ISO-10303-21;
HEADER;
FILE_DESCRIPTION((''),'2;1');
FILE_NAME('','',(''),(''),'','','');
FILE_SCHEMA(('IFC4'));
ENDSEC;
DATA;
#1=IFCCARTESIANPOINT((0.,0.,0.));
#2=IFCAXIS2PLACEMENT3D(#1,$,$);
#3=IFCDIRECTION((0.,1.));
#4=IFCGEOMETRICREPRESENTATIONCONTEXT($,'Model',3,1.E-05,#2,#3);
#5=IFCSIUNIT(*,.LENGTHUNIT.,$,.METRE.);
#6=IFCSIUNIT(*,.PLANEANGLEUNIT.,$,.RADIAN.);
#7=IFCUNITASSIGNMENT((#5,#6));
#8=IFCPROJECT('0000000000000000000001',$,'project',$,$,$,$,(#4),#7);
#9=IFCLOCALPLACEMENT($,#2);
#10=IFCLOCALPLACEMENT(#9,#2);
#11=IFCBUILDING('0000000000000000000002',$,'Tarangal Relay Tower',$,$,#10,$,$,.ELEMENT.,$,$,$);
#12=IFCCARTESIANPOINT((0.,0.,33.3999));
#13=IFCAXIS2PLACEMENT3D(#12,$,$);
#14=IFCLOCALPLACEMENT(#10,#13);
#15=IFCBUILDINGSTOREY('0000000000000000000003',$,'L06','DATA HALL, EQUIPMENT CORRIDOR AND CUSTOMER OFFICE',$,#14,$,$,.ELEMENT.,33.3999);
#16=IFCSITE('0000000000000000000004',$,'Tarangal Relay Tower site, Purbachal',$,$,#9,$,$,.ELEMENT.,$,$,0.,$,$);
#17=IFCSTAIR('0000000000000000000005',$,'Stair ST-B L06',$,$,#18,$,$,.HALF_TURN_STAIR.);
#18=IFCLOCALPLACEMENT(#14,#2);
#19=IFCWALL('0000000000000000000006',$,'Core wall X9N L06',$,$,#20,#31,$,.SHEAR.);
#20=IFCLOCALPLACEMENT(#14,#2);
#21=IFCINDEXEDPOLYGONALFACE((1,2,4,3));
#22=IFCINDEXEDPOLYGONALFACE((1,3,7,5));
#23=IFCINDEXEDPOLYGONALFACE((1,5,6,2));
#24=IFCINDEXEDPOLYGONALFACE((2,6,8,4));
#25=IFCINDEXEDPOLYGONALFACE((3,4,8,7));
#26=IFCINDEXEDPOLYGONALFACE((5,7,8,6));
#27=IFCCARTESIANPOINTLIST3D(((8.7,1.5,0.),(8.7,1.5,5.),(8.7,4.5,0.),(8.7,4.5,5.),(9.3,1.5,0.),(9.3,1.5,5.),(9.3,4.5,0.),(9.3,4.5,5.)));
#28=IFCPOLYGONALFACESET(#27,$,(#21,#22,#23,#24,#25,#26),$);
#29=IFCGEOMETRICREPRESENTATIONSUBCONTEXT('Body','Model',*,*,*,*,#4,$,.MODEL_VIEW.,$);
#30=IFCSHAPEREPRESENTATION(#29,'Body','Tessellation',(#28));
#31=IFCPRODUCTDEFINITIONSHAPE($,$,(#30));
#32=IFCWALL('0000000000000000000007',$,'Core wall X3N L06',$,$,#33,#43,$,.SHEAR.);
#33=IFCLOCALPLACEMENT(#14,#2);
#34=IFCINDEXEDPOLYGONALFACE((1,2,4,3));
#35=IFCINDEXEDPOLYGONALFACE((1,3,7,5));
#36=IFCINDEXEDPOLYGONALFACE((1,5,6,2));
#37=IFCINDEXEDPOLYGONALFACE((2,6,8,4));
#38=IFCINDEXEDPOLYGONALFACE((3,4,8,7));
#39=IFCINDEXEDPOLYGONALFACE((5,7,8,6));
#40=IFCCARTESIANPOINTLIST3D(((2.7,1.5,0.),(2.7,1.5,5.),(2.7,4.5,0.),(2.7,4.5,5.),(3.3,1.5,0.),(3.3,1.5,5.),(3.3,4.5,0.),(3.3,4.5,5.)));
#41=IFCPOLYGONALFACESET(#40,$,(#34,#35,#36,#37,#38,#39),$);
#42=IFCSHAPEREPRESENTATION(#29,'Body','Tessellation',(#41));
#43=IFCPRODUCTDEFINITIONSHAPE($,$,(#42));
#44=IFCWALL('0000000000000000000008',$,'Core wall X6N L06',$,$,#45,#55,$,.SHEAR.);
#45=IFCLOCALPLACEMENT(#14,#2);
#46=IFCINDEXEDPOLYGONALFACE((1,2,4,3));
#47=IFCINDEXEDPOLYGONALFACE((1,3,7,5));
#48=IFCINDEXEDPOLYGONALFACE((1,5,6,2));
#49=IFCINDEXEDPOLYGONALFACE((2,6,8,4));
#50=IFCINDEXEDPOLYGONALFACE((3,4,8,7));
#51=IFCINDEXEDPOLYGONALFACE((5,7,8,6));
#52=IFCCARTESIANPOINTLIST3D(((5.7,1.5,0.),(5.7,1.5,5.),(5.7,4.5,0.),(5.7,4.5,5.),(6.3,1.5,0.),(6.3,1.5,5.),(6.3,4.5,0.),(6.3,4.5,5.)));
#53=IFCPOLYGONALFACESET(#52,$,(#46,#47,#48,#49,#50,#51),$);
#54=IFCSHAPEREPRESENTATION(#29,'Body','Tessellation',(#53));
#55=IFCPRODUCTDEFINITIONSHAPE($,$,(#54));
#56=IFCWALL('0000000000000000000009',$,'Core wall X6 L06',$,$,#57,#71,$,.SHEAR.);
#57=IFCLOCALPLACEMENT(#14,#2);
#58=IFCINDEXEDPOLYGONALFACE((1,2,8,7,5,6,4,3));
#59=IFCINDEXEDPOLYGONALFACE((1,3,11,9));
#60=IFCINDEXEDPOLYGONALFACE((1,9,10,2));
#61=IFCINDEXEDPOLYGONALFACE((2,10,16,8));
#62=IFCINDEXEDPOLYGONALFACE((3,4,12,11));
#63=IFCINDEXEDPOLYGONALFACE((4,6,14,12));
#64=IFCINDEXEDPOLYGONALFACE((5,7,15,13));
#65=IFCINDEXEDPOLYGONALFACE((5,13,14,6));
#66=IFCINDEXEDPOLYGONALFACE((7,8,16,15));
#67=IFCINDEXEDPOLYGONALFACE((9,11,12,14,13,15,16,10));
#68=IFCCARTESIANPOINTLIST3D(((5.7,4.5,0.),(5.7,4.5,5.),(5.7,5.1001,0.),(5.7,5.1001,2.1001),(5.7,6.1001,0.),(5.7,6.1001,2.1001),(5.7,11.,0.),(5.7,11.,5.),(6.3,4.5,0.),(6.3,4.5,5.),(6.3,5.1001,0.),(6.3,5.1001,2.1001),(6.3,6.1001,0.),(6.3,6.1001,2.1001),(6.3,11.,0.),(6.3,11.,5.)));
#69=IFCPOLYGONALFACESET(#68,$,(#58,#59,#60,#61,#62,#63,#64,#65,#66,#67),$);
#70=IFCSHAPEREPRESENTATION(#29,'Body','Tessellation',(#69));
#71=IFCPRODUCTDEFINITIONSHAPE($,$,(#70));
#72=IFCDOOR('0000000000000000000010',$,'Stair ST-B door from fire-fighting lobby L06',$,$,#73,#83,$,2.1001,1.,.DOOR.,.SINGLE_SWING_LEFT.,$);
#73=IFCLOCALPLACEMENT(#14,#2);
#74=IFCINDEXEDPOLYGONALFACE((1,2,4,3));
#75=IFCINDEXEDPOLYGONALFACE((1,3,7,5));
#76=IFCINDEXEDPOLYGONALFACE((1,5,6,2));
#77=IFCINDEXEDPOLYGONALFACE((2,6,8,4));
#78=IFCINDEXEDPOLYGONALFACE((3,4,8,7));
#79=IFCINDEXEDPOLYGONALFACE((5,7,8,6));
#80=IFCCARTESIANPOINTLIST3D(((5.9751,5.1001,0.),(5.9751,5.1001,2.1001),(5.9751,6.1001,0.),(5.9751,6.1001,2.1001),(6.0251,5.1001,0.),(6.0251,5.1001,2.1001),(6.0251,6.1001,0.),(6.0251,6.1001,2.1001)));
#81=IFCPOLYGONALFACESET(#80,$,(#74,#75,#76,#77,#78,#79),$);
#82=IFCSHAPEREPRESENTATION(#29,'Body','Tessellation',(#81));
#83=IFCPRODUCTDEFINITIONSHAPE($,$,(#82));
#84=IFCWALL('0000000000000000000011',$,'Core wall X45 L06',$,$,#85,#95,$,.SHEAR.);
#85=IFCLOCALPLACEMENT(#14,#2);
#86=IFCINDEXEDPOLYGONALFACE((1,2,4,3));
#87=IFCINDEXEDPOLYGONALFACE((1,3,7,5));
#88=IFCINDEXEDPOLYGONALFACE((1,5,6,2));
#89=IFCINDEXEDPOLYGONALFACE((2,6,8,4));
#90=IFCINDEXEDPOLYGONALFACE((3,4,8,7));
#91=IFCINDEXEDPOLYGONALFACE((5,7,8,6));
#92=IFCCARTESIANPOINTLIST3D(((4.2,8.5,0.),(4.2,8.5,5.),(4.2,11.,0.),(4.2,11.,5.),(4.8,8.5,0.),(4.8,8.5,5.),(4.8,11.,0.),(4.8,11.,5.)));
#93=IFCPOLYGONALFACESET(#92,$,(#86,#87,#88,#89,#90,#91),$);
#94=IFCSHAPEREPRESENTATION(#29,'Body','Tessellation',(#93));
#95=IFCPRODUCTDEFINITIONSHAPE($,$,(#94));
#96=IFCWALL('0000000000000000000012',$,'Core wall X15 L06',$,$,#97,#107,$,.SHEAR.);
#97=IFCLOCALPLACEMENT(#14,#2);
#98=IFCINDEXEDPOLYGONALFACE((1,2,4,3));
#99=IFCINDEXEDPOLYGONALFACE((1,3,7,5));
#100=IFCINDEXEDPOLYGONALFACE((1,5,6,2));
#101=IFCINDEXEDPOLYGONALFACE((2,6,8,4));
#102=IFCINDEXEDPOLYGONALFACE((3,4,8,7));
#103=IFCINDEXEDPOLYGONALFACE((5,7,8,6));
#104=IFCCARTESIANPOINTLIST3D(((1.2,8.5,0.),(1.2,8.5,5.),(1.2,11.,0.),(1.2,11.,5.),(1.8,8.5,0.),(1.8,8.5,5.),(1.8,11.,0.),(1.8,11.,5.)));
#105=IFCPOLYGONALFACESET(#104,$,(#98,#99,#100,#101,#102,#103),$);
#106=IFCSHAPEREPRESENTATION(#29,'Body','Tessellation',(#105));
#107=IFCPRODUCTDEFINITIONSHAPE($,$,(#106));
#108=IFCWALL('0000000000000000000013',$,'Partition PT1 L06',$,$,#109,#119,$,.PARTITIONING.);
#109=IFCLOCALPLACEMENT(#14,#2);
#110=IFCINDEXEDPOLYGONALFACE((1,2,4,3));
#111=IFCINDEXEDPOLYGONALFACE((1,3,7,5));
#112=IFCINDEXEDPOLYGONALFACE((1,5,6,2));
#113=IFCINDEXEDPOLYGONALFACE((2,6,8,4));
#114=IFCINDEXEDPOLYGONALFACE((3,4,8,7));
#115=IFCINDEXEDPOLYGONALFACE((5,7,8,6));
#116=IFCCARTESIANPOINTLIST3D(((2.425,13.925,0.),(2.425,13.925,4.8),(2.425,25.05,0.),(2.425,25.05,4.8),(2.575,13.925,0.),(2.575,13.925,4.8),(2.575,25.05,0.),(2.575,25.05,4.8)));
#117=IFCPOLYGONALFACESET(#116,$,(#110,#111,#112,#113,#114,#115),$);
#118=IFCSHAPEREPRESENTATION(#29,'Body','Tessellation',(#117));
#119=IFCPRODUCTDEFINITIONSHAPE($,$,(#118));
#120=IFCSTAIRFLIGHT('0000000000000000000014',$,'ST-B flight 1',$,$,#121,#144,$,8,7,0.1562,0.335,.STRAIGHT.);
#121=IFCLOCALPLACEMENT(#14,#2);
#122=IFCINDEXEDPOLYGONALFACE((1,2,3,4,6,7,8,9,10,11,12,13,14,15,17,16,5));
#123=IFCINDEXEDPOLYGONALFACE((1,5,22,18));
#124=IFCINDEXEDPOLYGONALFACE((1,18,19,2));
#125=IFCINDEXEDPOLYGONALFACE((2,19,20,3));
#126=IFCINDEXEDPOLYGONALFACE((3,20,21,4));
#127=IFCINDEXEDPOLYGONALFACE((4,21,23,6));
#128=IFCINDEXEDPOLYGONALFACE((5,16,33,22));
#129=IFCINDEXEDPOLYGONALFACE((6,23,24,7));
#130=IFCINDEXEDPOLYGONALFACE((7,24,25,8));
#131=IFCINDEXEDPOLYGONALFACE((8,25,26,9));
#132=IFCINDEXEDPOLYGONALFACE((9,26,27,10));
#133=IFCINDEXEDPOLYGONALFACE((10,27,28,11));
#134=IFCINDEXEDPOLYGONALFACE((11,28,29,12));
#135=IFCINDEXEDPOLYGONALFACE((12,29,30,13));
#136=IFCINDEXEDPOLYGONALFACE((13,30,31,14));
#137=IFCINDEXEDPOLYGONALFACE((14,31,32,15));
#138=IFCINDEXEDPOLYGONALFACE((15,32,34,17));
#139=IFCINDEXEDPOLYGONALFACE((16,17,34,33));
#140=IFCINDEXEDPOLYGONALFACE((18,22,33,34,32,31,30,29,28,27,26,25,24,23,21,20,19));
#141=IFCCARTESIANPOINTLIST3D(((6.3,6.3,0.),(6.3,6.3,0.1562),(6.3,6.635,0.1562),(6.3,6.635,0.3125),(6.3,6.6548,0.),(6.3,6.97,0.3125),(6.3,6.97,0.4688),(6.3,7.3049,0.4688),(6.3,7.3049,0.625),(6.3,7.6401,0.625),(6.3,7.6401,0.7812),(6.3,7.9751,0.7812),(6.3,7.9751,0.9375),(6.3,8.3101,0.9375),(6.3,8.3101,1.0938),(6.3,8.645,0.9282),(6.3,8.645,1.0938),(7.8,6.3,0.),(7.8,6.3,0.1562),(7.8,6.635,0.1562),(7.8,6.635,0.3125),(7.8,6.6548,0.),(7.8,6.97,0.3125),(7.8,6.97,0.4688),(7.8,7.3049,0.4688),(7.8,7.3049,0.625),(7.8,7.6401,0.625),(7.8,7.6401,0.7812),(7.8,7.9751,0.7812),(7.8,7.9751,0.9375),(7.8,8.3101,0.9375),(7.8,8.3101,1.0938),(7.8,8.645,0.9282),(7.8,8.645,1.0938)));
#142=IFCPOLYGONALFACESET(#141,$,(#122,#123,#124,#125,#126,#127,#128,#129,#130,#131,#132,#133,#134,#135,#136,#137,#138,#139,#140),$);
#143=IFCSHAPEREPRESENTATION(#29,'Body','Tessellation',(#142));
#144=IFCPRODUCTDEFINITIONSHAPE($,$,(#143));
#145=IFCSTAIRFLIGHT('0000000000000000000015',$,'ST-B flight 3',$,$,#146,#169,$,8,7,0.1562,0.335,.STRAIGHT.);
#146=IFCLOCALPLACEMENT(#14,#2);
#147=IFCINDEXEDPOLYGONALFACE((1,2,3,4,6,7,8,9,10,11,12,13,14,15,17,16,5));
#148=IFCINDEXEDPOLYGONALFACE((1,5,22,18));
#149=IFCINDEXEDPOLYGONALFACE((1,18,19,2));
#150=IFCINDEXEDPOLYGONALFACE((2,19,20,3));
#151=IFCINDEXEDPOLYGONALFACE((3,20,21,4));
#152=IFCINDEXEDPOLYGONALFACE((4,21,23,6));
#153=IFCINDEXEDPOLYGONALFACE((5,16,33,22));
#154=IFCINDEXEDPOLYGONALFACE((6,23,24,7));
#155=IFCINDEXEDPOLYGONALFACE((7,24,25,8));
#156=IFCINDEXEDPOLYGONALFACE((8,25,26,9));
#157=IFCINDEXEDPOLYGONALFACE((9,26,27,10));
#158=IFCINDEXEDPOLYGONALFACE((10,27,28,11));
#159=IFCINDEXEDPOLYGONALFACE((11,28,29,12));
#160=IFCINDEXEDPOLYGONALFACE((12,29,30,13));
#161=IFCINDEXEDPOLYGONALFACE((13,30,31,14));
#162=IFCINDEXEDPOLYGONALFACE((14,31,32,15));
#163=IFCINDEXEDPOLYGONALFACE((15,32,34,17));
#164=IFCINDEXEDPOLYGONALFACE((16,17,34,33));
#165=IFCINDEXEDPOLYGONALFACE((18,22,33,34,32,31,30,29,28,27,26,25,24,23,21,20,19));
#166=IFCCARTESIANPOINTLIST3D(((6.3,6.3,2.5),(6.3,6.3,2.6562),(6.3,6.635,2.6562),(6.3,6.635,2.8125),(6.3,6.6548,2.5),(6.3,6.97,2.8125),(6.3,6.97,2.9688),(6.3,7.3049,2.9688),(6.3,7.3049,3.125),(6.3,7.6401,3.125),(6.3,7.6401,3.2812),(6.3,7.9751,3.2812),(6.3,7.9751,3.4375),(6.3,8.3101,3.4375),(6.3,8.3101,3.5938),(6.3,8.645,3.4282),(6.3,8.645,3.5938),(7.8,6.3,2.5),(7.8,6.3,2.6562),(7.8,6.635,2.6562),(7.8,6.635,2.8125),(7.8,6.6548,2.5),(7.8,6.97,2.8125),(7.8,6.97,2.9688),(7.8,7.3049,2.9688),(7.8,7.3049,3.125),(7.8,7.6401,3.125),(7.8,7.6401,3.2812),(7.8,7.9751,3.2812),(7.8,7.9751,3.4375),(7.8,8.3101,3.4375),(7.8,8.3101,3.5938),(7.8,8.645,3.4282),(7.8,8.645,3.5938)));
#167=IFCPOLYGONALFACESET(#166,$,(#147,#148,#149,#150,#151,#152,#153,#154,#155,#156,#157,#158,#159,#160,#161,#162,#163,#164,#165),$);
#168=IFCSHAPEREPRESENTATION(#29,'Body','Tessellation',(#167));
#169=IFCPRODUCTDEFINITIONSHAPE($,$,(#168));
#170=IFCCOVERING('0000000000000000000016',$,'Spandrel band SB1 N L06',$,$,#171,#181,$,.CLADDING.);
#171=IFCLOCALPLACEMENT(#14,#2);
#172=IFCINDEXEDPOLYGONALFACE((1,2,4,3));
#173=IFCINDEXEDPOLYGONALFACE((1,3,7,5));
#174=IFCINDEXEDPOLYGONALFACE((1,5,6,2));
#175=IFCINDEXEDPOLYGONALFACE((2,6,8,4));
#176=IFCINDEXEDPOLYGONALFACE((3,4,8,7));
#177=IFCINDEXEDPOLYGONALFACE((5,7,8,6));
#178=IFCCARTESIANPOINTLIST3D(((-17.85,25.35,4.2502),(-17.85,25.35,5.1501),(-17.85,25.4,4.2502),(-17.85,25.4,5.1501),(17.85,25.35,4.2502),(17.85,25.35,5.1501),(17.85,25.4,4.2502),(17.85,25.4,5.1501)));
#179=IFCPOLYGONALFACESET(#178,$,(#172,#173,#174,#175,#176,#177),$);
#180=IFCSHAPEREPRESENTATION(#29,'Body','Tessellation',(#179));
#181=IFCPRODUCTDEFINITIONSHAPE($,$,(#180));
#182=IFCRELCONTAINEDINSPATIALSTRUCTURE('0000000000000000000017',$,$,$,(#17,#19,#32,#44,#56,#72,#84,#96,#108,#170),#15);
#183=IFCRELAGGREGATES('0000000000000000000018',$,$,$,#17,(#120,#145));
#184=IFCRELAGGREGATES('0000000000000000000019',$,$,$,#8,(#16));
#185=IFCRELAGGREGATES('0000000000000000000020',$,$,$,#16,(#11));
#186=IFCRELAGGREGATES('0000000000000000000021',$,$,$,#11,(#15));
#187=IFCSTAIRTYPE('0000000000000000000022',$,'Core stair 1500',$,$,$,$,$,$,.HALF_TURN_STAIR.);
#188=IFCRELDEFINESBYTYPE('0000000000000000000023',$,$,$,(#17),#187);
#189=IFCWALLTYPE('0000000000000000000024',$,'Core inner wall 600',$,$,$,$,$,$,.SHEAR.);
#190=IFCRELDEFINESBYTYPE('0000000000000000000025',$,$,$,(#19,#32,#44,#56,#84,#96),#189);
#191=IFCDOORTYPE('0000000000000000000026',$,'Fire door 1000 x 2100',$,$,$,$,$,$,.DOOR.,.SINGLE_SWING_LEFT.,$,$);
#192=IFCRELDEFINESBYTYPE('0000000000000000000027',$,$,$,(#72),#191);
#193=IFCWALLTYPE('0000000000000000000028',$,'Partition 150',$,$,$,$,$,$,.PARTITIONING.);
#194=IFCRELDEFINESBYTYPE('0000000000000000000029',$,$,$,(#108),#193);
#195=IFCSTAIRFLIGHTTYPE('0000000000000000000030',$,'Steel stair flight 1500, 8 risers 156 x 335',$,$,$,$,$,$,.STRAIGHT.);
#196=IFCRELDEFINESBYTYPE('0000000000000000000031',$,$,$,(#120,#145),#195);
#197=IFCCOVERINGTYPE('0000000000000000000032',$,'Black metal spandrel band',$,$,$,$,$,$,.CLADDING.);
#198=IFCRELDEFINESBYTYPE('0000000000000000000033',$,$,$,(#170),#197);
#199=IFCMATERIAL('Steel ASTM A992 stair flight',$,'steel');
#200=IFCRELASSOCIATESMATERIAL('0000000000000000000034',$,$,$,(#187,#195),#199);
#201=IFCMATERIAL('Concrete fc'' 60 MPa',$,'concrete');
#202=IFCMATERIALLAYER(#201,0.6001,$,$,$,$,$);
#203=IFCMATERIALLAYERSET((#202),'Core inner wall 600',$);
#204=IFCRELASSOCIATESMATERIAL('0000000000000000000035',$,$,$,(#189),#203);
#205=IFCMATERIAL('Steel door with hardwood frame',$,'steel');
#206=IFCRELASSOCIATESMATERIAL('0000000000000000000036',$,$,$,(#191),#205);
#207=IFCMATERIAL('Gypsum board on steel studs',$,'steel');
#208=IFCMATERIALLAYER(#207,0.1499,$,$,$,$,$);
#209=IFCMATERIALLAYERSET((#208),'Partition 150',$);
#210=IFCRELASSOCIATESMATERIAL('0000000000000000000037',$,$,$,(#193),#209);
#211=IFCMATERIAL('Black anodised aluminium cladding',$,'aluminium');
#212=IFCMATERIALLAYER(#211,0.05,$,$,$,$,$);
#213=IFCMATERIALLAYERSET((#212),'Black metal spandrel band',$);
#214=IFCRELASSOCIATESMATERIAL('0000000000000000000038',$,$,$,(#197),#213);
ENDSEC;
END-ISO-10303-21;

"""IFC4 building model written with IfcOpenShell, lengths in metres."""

from ifc_helpers import new_model, si_unit, direction, frame, frame_2d, origin, origin_2d, place, context, subcontext, project, spatial, polyline, rectangle, outline, extrude, material, layer, layer_set, type_object, element, fill, aggregate, save


model = new_model("IFC4")

# Units and contexts
model_context = context("Model", 3, precision=1e-05, world=origin(), true_north=direction((0.0, 1.0)))
body_context = subcontext(model_context, "Body", "Model", "MODEL_VIEW")
ifc_project = project(units=[si_unit("LENGTHUNIT", "METRE"), si_unit("PLANEANGLEUNIT", "RADIAN")], contexts=[model_context])

# Site, building, storey
site_placement = place(None, origin())
site = spatial("IfcSite", under=ifc_project, at=site_placement, Name="Tarangal Relay Tower site, Purbachal", CompositionType="ELEMENT", RefElevation=0.0)
building_placement = place(site_placement, origin())
building = spatial("IfcBuilding", under=site, at=building_placement, Name="Tarangal Relay Tower", CompositionType="ELEMENT")
storey_placement = place(building_placement, frame((0.0, 0.0, 33.3999)))
storey = spatial("IfcBuildingStorey", under=building, at=storey_placement, Name="L06", Description="DATA HALL, EQUIPMENT CORRIDOR AND CUSTOMER OFFICE", CompositionType="ELEMENT", Elevation=33.3999)

# Stair
ifc_material_1 = material(Name="Steel ASTM A992 stair flight", Category="steel")
stair_type = type_object("IfcStairType", Name="Core stair 1500", PredefinedType="HALF_TURN_STAIR", material=ifc_material_1)
stair_1_placement = place(storey_placement, origin())
stair_1 = element("IfcStair", 1, at=stair_1_placement, inside=storey, type_object=stair_type, Name="Stair ST-B L06", PredefinedType="HALF_TURN_STAIR")

# Walls
ifc_material_2 = material(Name="Concrete fc' 60 MPa", Category="concrete")
ifc_layer_1 = layer(ifc_material_2, 0.6001)
ifc_layer_set_1 = layer_set([ifc_layer_1], Name="Core inner wall 600")
wall_type_1 = type_object("IfcWallType", Name="Core inner wall 600", PredefinedType="SHEAR", material=ifc_layer_set_1)
for number, where, z_axis, x_axis, name in (
    (2, (9.0, 1.5, 0.0), (0.0, 0.0, 1.0), (0.0, 1.0, 0.0), "Core wall X9N L06"),
    (3, (3.0, 1.5, 0.0), (0.0, 0.0, 1.0), (0.0, 1.0, 0.0), "Core wall X3N L06"),
    (4, (6.0, 1.5, 0.0), (0.0, 0.0, 1.0), (0.0, 1.0, 0.0), "Core wall X6N L06"),
):
    element("IfcWall", number, at=place(storey_placement, frame(where, z_axis=z_axis, x_axis=x_axis)), inside=storey, type_object=wall_type_1, Name=name, PredefinedType="SHEAR", context=body_context, shape_type="SweptSolid", body=[
        extrude(rectangle(XDim=3.0, YDim=0.6001, at=frame_2d((1.5, 0.0))), origin(), (0.0, 0.0, 1.0), 5.0),
    ])

# Wall, opening, door
wall_1_placement = place(storey_placement, frame((6.0, 4.5, 0.0), z_axis=(0.0, 0.0, 1.0), x_axis=(0.0, 1.0, 0.0)))
wall_1 = element("IfcWall", 5, at=wall_1_placement, inside=storey, type_object=wall_type_1, Name="Core wall X6 L06", PredefinedType="SHEAR", context=body_context, shape_type="SweptSolid", body=[
    extrude(rectangle(XDim=6.5, YDim=0.6001, at=frame_2d((3.25, 0.0))), origin(), (0.0, 0.0, 1.0), 5.0),
])
opening_placement = place(wall_1_placement, frame((0.6001, 0.0, 0.0)))
opening = element("IfcOpeningElement", 6, at=opening_placement, cuts=wall_1, PredefinedType="OPENING", context=body_context, shape_type="SweptSolid", body=[
    extrude(rectangle(XDim=1.0, YDim=2.1001, at=frame_2d((0.5, 1.05))), frame((0.0, 0.3101, 0.0), z_axis=(0.0, -1.0, 0.0), x_axis=(1.0, 0.0, 0.0)), (0.0, 0.0, 1.0), 0.6201),
])
ifc_material_3 = material(Name="Steel door with hardwood frame", Category="steel")
door_type = type_object("IfcDoorType", Name="Fire door 1000 x 2100", OperationType="SINGLE_SWING_LEFT", PredefinedType="DOOR", material=ifc_material_3)
door_placement = place(opening_placement, origin())
door = element("IfcDoor", 7, at=door_placement, inside=storey, type_object=door_type, Name="Stair ST-B door from fire-fighting lobby L06", OperationType="SINGLE_SWING_LEFT", OverallHeight=2.1001, OverallWidth=1.0, PredefinedType="DOOR", context=body_context, shape_type="SweptSolid", body=[
    extrude(rectangle(XDim=1.0, YDim=2.1001, at=frame_2d((0.5, 1.05))), frame((0.0, 0.0249, 0.0), z_axis=(0.0, -1.0, 0.0), x_axis=(1.0, 0.0, 0.0)), (0.0, 0.0, 1.0), 0.05),
])
fill(opening, door)

# Walls
for number, where, z_axis, x_axis, name in (
    (8, (4.5, 8.5, 0.0), (0.0, 0.0, 1.0), (0.0, 1.0, 0.0), "Core wall X45 L06"),
    (9, (1.5, 8.5, 0.0), (0.0, 0.0, 1.0), (0.0, 1.0, 0.0), "Core wall X15 L06"),
):
    element("IfcWall", number, at=place(storey_placement, frame(where, z_axis=z_axis, x_axis=x_axis)), inside=storey, type_object=wall_type_1, Name=name, PredefinedType="SHEAR", context=body_context, shape_type="SweptSolid", body=[
        extrude(rectangle(XDim=2.5, YDim=0.6001, at=frame_2d((1.25, 0.0))), origin(), (0.0, 0.0, 1.0), 5.0),
    ])
ifc_material_4 = material(Name="Gypsum board on steel studs", Category="steel")
ifc_layer_2 = layer(ifc_material_4, 0.1499)
ifc_layer_set_2 = layer_set([ifc_layer_2], Name="Partition 150")
wall_type_2 = type_object("IfcWallType", Name="Partition 150", PredefinedType="PARTITIONING", material=ifc_layer_set_2)
wall_2_placement = place(storey_placement, frame((2.5, 13.925, 0.0), z_axis=(0.0, 0.0, 1.0), x_axis=(0.0, 1.0, 0.0)))
element("IfcWall", 10, at=wall_2_placement, inside=storey, type_object=wall_type_2, Name="Partition PT1 L06", PredefinedType="PARTITIONING", context=body_context, shape_type="SweptSolid", body=[
    extrude(rectangle(XDim=11.125, YDim=0.1499, at=frame_2d((5.5625, 0.0))), origin(), (0.0, 0.0, 1.0), 4.8),
])

# Stair flights
stair_flight_type = type_object("IfcStairFlightType", Name="Steel stair flight 1500, 8 risers 156 x 335", PredefinedType="STRAIGHT", material=ifc_material_1)
stair_flight_1_placement = place(storey_placement, frame((7.05, 6.3, 0.0), z_axis=(0.0, 0.0, 1.0), x_axis=(0.0, 1.0, 0.0)))
stair_flight_1 = element("IfcStairFlight", 11, at=stair_flight_1_placement, type_object=stair_flight_type, Name="ST-B flight 1", NumberOfRisers=8, NumberOfTreads=7, PredefinedType="STRAIGHT", RiserHeight=0.1562, TreadLength=0.335, context=body_context, shape_type="SweptSolid", body=[
    extrude(outline(polyline([(0.0, 0.0), (0.0, 0.1562), (0.335, 0.1562), (0.335, 0.3125), (0.6699, 0.3125), (0.6699, 0.4688), (1.0049, 0.4688), (1.0049, 0.625), (1.3401, 0.625), (1.3401, 0.7812), (1.675, 0.7812), (1.675, 0.9375), (2.01, 0.9375), (2.01, 1.0938), (2.345, 1.0938), (2.345, 1.25), (2.345, 0.9282), (0.3547, 0.0), (0.0, 0.0)])), frame((0.0, 0.75, 0.0), z_axis=(0.0, -1.0, 0.0), x_axis=(1.0, 0.0, 0.0)), (0.0, 0.0, 1.0), 1.5),
])
stair_flight_2_placement = place(storey_placement, frame((7.05, 6.3, 2.5), z_axis=(0.0, 0.0, 1.0), x_axis=(0.0, 1.0, 0.0)))
stair_flight_2 = element("IfcStairFlight", 12, at=stair_flight_2_placement, type_object=stair_flight_type, Name="ST-B flight 3", NumberOfRisers=8, NumberOfTreads=7, PredefinedType="STRAIGHT", RiserHeight=0.1562, TreadLength=0.335, context=body_context, shape_type="SweptSolid", body=[
    extrude(outline(polyline([(0.0, 0.0), (0.0, 0.1562), (0.335, 0.1562), (0.335, 0.3125), (0.6699, 0.3125), (0.6699, 0.4688), (1.0049, 0.4688), (1.0049, 0.625), (1.3401, 0.625), (1.3401, 0.7812), (1.675, 0.7812), (1.675, 0.9375), (2.01, 0.9375), (2.01, 1.0938), (2.345, 1.0938), (2.345, 1.25), (2.345, 0.9282), (0.3547, 0.0), (0.0, 0.0)])), frame((0.0, 0.75, 0.0), z_axis=(0.0, -1.0, 0.0), x_axis=(1.0, 0.0, 0.0)), (0.0, 0.0, 1.0), 1.5),
])
aggregate(stair_1, [stair_flight_1, stair_flight_2])

# Covering
ifc_material_5 = material(Name="Black anodised aluminium cladding", Category="aluminium")
ifc_layer_3 = layer(ifc_material_5, 0.05)
ifc_layer_set_3 = layer_set([ifc_layer_3], Name="Black metal spandrel band")
covering_type = type_object("IfcCoveringType", Name="Black metal spandrel band", PredefinedType="CLADDING", material=ifc_layer_set_3)
covering_placement = place(storey_placement, frame((0.0, 25.375, 4.2502), z_axis=(0.0, 0.0, 1.0), x_axis=(1.0, 0.0, 0.0)))
element("IfcCovering", 13, at=covering_placement, inside=storey, type_object=covering_type, Name="Spandrel band SB1 N L06", PredefinedType="CLADDING", context=body_context, shape_type="SweptSolid", body=[
    extrude(rectangle(XDim=35.7, YDim=0.05, at=origin_2d()), origin(), (0.0, 0.0, 1.0), 0.8999),
])

save(model, "model.ifc")
